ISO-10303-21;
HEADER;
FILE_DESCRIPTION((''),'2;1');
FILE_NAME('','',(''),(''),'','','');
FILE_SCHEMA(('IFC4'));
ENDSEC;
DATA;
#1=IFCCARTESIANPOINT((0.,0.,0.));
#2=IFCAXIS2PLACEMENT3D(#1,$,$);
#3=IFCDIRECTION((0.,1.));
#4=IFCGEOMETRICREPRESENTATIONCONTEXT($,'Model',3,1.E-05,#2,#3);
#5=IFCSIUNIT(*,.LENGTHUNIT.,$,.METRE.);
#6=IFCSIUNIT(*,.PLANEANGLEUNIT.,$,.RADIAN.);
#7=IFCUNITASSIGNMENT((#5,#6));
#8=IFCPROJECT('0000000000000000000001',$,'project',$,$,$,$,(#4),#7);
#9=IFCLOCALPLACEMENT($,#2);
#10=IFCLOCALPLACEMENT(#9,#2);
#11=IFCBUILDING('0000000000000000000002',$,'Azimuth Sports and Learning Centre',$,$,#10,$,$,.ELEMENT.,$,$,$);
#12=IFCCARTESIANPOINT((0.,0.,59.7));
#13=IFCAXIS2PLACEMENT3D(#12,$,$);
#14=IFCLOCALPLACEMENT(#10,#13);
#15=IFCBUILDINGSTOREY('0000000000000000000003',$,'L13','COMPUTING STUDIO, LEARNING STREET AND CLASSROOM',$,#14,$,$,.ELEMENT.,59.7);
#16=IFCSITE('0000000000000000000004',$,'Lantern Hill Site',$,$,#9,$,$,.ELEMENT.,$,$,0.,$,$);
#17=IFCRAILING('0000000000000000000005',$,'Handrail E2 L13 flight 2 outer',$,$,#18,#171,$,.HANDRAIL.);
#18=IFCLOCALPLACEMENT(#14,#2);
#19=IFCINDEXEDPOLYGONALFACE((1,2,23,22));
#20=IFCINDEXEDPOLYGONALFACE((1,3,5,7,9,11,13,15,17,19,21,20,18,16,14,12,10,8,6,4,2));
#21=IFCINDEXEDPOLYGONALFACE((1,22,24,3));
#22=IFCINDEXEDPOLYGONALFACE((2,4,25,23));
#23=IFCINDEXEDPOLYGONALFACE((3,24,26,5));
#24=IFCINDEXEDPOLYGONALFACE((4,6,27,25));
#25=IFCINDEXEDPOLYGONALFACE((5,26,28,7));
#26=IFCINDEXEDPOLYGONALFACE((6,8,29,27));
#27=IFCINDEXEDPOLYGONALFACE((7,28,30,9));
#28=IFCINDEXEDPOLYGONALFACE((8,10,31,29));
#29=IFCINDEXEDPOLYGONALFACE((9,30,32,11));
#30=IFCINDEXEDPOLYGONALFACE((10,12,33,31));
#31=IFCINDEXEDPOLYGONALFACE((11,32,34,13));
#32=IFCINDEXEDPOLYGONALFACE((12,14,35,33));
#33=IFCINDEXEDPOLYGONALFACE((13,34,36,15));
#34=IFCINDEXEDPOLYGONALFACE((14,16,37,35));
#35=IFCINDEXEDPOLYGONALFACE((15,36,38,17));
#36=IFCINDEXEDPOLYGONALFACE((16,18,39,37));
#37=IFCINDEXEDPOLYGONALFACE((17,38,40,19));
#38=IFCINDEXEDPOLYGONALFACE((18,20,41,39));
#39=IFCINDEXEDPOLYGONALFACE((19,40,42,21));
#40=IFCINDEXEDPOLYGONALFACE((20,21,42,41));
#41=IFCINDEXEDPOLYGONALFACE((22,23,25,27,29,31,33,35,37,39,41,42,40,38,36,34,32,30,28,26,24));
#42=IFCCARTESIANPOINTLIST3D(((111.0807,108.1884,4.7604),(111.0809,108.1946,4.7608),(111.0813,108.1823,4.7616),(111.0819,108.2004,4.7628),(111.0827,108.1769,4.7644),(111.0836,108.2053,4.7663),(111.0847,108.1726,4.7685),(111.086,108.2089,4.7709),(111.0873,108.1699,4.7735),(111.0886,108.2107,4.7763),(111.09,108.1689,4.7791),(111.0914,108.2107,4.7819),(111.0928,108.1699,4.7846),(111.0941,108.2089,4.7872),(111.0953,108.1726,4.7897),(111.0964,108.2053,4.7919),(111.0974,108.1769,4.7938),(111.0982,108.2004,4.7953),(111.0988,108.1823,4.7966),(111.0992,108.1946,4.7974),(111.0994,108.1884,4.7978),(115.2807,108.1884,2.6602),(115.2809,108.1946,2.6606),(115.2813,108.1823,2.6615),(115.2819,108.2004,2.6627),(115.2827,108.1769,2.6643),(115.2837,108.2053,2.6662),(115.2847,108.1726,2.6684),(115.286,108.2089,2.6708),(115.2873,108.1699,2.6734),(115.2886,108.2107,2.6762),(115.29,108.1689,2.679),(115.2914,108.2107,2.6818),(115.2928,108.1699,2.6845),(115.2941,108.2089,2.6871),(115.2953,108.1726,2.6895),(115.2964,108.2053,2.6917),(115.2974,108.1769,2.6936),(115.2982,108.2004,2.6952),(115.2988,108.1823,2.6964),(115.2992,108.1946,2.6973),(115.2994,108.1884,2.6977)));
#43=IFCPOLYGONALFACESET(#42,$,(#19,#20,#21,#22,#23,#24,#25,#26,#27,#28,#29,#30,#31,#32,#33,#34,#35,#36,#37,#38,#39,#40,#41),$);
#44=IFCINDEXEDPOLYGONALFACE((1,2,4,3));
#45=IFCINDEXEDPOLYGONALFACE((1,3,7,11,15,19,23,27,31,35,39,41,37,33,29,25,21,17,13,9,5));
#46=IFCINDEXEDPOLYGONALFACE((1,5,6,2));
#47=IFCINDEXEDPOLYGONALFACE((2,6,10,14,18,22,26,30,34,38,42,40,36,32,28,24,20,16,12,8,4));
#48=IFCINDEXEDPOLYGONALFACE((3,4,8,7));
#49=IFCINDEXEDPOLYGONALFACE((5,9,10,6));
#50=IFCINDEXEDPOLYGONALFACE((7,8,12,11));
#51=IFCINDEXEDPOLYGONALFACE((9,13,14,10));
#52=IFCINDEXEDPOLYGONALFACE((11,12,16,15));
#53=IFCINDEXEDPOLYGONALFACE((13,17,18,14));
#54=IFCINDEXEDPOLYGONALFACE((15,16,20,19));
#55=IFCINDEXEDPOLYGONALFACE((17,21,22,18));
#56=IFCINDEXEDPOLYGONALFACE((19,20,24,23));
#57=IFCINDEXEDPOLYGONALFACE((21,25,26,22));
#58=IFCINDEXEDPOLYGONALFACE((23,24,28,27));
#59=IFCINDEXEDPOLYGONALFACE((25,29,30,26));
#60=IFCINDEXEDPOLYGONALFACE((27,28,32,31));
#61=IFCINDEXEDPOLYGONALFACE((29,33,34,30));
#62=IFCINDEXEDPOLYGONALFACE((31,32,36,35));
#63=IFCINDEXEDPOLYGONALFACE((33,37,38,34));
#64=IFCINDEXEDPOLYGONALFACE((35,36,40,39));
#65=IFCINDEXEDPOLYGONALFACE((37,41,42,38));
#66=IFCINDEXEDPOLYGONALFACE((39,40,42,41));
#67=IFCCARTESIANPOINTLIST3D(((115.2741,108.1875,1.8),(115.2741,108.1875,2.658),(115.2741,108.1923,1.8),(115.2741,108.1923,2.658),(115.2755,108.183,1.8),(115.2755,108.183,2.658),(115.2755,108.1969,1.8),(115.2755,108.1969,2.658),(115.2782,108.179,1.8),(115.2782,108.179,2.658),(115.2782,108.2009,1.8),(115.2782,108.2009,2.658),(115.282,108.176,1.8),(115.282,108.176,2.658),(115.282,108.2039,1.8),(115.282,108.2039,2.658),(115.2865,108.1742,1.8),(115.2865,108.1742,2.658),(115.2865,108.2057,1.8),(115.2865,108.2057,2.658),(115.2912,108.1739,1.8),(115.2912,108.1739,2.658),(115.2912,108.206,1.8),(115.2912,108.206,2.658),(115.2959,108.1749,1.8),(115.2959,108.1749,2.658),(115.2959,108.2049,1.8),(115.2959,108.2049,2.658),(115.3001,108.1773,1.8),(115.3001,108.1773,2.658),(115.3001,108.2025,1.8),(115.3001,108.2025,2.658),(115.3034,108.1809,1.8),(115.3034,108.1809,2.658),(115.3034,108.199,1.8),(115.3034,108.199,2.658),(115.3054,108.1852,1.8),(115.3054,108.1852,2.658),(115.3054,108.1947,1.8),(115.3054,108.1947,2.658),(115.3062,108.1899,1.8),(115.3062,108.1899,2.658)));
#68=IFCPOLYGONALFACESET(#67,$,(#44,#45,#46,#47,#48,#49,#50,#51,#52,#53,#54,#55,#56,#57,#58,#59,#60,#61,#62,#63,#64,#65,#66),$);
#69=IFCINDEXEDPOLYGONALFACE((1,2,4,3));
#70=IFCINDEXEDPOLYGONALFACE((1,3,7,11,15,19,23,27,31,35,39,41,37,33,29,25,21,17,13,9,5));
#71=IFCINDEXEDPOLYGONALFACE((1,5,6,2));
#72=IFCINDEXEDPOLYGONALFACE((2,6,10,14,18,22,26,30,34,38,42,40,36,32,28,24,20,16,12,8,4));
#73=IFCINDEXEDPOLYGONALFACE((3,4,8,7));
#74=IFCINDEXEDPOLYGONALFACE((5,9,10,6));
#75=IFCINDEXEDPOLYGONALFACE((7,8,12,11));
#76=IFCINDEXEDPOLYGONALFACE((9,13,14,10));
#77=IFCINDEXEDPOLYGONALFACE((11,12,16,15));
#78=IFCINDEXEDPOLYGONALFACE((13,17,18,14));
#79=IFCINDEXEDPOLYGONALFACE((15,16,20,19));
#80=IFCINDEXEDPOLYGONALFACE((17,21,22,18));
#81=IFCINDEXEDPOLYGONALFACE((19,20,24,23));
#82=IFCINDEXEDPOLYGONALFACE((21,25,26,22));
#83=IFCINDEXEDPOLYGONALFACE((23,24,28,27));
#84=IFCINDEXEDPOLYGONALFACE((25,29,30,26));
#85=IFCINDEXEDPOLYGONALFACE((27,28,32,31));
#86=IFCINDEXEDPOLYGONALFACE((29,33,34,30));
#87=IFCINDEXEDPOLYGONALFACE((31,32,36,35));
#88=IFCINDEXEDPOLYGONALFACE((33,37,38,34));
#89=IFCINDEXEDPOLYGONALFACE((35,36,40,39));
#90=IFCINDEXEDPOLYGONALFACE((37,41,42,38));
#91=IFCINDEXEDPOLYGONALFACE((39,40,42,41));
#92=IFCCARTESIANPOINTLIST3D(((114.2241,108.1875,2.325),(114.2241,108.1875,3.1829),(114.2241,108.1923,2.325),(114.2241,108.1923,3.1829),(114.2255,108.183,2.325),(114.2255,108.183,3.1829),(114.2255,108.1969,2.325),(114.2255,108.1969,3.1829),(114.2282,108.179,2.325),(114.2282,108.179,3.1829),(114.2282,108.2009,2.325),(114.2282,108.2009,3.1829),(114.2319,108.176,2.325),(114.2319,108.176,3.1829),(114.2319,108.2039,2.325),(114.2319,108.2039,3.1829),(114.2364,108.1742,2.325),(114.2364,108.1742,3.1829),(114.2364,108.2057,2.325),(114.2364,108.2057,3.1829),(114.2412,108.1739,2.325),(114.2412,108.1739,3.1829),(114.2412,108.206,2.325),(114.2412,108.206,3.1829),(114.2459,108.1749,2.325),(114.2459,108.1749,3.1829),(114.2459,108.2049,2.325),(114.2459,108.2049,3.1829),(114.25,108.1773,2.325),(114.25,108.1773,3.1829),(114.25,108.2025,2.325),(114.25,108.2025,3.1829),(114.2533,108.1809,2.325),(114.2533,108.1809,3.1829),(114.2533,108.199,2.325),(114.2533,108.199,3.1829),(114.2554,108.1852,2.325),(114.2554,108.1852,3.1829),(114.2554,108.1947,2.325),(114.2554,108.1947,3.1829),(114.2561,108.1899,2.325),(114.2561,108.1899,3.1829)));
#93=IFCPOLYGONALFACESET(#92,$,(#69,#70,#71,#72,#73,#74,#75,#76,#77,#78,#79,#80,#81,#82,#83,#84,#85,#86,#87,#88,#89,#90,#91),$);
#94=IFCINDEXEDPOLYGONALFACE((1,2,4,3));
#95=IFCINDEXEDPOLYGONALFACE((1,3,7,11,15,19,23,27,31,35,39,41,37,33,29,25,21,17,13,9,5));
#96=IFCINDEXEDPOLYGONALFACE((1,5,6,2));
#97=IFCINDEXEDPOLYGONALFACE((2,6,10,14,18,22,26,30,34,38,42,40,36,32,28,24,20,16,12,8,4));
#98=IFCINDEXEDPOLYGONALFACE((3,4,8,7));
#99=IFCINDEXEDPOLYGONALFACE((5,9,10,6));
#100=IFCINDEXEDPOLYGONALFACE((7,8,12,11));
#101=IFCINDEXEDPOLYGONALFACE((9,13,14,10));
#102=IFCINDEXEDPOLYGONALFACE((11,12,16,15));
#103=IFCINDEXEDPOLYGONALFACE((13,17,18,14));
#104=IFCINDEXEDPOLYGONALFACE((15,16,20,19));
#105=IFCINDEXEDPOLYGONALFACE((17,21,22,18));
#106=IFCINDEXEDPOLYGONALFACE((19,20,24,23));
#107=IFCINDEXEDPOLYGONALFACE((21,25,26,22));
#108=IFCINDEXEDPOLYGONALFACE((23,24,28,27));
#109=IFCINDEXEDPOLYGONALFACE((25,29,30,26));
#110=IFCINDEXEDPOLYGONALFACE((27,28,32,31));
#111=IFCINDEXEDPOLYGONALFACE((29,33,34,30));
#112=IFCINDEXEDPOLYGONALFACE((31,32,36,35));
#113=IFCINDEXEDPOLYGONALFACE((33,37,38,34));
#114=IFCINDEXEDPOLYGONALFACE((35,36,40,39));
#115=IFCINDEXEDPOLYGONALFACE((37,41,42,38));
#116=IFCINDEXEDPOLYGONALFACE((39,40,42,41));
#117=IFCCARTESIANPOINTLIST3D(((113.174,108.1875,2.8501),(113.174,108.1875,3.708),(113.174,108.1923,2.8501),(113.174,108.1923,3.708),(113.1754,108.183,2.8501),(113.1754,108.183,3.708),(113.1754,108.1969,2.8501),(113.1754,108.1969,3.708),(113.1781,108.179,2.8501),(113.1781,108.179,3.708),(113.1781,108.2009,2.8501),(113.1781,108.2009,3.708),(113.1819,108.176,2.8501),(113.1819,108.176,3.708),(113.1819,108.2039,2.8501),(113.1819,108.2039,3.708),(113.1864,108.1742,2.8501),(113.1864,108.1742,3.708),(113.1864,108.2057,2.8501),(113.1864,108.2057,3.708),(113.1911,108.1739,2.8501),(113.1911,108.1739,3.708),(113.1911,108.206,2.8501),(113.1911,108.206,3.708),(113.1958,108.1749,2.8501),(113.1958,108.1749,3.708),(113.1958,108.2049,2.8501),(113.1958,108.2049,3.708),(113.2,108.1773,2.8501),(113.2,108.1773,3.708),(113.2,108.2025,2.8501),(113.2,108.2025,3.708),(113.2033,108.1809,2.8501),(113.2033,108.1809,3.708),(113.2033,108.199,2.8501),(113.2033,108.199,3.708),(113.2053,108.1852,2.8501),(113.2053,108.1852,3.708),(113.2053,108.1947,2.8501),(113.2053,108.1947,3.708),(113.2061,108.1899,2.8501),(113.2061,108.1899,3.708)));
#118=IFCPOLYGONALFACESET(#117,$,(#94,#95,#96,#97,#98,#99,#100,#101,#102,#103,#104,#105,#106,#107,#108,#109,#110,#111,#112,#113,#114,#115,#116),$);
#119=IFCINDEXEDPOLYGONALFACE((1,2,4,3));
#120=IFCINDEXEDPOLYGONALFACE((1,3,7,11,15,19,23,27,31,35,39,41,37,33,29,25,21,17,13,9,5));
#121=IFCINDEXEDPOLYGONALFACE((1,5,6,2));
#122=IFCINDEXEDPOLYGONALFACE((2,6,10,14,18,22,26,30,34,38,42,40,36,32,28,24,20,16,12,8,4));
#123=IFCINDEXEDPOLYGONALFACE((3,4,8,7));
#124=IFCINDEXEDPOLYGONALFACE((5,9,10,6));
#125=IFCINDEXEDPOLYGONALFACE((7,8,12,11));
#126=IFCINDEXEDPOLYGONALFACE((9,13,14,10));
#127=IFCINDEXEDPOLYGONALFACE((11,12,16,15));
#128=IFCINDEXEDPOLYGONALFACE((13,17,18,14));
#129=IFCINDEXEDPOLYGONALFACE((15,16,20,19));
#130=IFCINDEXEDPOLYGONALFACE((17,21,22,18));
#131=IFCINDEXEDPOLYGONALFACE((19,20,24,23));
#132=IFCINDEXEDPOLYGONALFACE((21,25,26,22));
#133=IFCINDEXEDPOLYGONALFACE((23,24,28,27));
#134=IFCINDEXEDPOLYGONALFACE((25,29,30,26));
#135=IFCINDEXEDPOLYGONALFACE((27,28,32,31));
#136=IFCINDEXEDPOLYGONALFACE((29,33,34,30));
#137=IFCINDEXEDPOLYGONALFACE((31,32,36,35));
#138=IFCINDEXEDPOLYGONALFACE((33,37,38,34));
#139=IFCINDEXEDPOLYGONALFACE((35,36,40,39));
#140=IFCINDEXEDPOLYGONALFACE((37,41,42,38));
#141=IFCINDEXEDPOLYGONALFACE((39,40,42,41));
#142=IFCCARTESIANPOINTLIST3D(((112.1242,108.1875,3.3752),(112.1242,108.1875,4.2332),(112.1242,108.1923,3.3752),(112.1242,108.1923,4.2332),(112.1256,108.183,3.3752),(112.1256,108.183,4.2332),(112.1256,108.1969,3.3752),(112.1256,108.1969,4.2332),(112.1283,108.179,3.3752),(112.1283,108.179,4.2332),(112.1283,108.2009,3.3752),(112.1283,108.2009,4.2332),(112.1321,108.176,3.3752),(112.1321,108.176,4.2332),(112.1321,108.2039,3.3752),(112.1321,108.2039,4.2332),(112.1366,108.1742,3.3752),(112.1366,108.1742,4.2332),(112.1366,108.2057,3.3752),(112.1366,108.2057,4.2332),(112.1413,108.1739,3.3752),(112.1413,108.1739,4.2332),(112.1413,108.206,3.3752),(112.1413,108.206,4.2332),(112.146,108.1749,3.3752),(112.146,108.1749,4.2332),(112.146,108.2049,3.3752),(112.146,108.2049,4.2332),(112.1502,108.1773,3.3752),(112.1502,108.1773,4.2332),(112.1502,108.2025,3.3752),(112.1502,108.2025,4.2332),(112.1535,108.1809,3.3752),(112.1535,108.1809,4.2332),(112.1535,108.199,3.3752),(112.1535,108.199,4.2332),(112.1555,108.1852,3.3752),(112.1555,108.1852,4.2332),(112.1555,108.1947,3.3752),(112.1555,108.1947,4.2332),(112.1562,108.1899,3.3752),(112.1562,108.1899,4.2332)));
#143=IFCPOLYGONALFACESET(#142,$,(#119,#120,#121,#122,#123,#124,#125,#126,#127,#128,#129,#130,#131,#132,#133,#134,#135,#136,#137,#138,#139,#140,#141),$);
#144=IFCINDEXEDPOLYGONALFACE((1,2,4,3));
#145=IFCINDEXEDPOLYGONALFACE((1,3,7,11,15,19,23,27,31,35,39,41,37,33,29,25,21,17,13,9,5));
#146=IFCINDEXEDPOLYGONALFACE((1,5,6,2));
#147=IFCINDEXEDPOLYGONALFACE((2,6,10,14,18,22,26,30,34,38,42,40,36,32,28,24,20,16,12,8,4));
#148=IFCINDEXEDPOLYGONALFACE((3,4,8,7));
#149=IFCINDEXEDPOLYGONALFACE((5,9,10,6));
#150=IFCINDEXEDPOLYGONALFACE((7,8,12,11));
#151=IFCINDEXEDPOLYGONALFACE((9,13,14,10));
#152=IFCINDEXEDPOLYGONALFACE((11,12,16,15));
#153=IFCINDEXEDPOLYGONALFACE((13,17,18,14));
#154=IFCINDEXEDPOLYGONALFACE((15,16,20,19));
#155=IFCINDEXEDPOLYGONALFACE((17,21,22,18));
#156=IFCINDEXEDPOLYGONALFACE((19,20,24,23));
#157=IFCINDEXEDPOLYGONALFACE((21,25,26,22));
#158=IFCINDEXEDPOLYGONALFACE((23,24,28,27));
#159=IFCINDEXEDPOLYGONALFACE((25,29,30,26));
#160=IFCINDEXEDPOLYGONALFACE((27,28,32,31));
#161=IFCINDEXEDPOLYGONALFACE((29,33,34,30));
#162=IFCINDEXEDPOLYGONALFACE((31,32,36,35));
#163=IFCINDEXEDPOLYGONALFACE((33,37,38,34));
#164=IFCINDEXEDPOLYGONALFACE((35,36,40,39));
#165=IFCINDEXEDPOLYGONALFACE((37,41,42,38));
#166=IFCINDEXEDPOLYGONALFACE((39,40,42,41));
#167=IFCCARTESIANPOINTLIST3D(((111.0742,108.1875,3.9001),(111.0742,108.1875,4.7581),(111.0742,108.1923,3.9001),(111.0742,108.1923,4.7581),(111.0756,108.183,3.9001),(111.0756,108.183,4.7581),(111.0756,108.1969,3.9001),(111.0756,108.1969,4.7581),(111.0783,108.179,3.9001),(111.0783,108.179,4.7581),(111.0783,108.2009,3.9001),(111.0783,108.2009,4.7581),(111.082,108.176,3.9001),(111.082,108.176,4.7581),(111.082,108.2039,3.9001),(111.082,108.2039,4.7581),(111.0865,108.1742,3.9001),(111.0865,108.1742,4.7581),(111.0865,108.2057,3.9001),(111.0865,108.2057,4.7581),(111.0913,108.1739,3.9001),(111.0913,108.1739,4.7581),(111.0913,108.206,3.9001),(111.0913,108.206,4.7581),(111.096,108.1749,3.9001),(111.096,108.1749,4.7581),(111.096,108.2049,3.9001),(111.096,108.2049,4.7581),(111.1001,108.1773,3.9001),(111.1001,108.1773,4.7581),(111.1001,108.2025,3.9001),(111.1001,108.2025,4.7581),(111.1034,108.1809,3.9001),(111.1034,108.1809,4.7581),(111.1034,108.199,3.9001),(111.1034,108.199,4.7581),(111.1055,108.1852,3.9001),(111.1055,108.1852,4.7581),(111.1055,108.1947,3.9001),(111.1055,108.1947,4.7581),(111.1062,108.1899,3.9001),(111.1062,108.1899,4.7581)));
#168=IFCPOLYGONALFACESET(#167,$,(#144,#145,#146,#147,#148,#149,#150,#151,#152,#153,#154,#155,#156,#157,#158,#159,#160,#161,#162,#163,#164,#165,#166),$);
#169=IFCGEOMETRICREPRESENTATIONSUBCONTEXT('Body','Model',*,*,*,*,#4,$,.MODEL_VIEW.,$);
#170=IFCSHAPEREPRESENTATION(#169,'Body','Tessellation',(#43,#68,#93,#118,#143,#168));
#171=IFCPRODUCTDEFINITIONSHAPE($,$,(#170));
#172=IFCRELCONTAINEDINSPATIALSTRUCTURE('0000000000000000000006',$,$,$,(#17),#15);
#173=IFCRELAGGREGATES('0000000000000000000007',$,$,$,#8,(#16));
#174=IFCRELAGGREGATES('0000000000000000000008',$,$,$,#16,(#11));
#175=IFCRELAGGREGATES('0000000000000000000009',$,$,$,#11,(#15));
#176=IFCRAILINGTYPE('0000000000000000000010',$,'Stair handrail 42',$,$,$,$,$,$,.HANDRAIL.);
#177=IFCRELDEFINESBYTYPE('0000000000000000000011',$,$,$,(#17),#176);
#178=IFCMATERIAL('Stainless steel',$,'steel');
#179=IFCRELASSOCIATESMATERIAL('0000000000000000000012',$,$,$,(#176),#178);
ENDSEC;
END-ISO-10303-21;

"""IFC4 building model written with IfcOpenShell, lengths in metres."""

from ifc_helpers import new_model, si_unit, direction, frame, origin, origin_2d, place, context, subcontext, project, spatial, circle, extrude, material, type_object, element, save


model = new_model("IFC4")

# Units and contexts
model_context = context("Model", 3, precision=1e-05, world=origin(), true_north=direction((0.0, 1.0)))
body_context = subcontext(model_context, "Body", "Model", "MODEL_VIEW")
ifc_project = project(units=[si_unit("LENGTHUNIT", "METRE"), si_unit("PLANEANGLEUNIT", "RADIAN")], contexts=[model_context])

# Site, building, storey
site_placement = place(None, origin())
site = spatial("IfcSite", under=ifc_project, at=site_placement, Name="Lantern Hill Site", CompositionType="ELEMENT", RefElevation=0.0)
building_placement = place(site_placement, origin())
building = spatial("IfcBuilding", under=site, at=building_placement, Name="Azimuth Sports and Learning Centre", CompositionType="ELEMENT")
storey_placement = place(building_placement, frame((0.0, 0.0, 59.7)))
storey = spatial("IfcBuildingStorey", under=building, at=storey_placement, Name="L13", Description="COMPUTING STUDIO, LEARNING STREET AND CLASSROOM", CompositionType="ELEMENT", Elevation=59.7)

# Railing
ifc_material_1 = material(Name="Stainless steel", Category="steel")
railing_type = type_object("IfcRailingType", Name="Stair handrail 42", PredefinedType="HANDRAIL", material=ifc_material_1)
for number, where, name in (
    (1, (115.29, 108.1899, 1.8), "Handrail E2 L13 flight 2 outer"),
):
    element("IfcRailing", number, at=place(storey_placement, frame(where)), inside=storey, type_object=railing_type, Name=name, PredefinedType="HANDRAIL", context=body_context, shape_type="SweptSolid", body=[
        extrude(circle(Radius=0.021, at=origin_2d()), frame((0.0, 0.0, 0.8789), z_axis=(-0.894417, 0.0, 0.447234), x_axis=(0.0, -1.0, 0.0)), (0.0, 0.0, 1.0), 4.6958),
        extrude(circle(Radius=0.0161, at=origin_2d()), origin(), (0.0, 0.0, 1.0), 0.8579),
        extrude(circle(Radius=0.0161, at=origin_2d()), frame((-1.05, 0.0, 0.5249)), (0.0, 0.0, 1.0), 0.8579),
        extrude(circle(Radius=0.0161, at=origin_2d()), frame((-2.1001, 0.0, 1.05)), (0.0, 0.0, 1.0), 0.8579),
        extrude(circle(Radius=0.0161, at=origin_2d()), frame((-3.1499, 0.0, 1.5752)), (0.0, 0.0, 1.0), 0.8579),
        extrude(circle(Radius=0.0161, at=origin_2d()), frame((-4.2, 0.0, 2.1001)), (0.0, 0.0, 1.0), 0.8579),
    ])

save(model, "model.ifc")
